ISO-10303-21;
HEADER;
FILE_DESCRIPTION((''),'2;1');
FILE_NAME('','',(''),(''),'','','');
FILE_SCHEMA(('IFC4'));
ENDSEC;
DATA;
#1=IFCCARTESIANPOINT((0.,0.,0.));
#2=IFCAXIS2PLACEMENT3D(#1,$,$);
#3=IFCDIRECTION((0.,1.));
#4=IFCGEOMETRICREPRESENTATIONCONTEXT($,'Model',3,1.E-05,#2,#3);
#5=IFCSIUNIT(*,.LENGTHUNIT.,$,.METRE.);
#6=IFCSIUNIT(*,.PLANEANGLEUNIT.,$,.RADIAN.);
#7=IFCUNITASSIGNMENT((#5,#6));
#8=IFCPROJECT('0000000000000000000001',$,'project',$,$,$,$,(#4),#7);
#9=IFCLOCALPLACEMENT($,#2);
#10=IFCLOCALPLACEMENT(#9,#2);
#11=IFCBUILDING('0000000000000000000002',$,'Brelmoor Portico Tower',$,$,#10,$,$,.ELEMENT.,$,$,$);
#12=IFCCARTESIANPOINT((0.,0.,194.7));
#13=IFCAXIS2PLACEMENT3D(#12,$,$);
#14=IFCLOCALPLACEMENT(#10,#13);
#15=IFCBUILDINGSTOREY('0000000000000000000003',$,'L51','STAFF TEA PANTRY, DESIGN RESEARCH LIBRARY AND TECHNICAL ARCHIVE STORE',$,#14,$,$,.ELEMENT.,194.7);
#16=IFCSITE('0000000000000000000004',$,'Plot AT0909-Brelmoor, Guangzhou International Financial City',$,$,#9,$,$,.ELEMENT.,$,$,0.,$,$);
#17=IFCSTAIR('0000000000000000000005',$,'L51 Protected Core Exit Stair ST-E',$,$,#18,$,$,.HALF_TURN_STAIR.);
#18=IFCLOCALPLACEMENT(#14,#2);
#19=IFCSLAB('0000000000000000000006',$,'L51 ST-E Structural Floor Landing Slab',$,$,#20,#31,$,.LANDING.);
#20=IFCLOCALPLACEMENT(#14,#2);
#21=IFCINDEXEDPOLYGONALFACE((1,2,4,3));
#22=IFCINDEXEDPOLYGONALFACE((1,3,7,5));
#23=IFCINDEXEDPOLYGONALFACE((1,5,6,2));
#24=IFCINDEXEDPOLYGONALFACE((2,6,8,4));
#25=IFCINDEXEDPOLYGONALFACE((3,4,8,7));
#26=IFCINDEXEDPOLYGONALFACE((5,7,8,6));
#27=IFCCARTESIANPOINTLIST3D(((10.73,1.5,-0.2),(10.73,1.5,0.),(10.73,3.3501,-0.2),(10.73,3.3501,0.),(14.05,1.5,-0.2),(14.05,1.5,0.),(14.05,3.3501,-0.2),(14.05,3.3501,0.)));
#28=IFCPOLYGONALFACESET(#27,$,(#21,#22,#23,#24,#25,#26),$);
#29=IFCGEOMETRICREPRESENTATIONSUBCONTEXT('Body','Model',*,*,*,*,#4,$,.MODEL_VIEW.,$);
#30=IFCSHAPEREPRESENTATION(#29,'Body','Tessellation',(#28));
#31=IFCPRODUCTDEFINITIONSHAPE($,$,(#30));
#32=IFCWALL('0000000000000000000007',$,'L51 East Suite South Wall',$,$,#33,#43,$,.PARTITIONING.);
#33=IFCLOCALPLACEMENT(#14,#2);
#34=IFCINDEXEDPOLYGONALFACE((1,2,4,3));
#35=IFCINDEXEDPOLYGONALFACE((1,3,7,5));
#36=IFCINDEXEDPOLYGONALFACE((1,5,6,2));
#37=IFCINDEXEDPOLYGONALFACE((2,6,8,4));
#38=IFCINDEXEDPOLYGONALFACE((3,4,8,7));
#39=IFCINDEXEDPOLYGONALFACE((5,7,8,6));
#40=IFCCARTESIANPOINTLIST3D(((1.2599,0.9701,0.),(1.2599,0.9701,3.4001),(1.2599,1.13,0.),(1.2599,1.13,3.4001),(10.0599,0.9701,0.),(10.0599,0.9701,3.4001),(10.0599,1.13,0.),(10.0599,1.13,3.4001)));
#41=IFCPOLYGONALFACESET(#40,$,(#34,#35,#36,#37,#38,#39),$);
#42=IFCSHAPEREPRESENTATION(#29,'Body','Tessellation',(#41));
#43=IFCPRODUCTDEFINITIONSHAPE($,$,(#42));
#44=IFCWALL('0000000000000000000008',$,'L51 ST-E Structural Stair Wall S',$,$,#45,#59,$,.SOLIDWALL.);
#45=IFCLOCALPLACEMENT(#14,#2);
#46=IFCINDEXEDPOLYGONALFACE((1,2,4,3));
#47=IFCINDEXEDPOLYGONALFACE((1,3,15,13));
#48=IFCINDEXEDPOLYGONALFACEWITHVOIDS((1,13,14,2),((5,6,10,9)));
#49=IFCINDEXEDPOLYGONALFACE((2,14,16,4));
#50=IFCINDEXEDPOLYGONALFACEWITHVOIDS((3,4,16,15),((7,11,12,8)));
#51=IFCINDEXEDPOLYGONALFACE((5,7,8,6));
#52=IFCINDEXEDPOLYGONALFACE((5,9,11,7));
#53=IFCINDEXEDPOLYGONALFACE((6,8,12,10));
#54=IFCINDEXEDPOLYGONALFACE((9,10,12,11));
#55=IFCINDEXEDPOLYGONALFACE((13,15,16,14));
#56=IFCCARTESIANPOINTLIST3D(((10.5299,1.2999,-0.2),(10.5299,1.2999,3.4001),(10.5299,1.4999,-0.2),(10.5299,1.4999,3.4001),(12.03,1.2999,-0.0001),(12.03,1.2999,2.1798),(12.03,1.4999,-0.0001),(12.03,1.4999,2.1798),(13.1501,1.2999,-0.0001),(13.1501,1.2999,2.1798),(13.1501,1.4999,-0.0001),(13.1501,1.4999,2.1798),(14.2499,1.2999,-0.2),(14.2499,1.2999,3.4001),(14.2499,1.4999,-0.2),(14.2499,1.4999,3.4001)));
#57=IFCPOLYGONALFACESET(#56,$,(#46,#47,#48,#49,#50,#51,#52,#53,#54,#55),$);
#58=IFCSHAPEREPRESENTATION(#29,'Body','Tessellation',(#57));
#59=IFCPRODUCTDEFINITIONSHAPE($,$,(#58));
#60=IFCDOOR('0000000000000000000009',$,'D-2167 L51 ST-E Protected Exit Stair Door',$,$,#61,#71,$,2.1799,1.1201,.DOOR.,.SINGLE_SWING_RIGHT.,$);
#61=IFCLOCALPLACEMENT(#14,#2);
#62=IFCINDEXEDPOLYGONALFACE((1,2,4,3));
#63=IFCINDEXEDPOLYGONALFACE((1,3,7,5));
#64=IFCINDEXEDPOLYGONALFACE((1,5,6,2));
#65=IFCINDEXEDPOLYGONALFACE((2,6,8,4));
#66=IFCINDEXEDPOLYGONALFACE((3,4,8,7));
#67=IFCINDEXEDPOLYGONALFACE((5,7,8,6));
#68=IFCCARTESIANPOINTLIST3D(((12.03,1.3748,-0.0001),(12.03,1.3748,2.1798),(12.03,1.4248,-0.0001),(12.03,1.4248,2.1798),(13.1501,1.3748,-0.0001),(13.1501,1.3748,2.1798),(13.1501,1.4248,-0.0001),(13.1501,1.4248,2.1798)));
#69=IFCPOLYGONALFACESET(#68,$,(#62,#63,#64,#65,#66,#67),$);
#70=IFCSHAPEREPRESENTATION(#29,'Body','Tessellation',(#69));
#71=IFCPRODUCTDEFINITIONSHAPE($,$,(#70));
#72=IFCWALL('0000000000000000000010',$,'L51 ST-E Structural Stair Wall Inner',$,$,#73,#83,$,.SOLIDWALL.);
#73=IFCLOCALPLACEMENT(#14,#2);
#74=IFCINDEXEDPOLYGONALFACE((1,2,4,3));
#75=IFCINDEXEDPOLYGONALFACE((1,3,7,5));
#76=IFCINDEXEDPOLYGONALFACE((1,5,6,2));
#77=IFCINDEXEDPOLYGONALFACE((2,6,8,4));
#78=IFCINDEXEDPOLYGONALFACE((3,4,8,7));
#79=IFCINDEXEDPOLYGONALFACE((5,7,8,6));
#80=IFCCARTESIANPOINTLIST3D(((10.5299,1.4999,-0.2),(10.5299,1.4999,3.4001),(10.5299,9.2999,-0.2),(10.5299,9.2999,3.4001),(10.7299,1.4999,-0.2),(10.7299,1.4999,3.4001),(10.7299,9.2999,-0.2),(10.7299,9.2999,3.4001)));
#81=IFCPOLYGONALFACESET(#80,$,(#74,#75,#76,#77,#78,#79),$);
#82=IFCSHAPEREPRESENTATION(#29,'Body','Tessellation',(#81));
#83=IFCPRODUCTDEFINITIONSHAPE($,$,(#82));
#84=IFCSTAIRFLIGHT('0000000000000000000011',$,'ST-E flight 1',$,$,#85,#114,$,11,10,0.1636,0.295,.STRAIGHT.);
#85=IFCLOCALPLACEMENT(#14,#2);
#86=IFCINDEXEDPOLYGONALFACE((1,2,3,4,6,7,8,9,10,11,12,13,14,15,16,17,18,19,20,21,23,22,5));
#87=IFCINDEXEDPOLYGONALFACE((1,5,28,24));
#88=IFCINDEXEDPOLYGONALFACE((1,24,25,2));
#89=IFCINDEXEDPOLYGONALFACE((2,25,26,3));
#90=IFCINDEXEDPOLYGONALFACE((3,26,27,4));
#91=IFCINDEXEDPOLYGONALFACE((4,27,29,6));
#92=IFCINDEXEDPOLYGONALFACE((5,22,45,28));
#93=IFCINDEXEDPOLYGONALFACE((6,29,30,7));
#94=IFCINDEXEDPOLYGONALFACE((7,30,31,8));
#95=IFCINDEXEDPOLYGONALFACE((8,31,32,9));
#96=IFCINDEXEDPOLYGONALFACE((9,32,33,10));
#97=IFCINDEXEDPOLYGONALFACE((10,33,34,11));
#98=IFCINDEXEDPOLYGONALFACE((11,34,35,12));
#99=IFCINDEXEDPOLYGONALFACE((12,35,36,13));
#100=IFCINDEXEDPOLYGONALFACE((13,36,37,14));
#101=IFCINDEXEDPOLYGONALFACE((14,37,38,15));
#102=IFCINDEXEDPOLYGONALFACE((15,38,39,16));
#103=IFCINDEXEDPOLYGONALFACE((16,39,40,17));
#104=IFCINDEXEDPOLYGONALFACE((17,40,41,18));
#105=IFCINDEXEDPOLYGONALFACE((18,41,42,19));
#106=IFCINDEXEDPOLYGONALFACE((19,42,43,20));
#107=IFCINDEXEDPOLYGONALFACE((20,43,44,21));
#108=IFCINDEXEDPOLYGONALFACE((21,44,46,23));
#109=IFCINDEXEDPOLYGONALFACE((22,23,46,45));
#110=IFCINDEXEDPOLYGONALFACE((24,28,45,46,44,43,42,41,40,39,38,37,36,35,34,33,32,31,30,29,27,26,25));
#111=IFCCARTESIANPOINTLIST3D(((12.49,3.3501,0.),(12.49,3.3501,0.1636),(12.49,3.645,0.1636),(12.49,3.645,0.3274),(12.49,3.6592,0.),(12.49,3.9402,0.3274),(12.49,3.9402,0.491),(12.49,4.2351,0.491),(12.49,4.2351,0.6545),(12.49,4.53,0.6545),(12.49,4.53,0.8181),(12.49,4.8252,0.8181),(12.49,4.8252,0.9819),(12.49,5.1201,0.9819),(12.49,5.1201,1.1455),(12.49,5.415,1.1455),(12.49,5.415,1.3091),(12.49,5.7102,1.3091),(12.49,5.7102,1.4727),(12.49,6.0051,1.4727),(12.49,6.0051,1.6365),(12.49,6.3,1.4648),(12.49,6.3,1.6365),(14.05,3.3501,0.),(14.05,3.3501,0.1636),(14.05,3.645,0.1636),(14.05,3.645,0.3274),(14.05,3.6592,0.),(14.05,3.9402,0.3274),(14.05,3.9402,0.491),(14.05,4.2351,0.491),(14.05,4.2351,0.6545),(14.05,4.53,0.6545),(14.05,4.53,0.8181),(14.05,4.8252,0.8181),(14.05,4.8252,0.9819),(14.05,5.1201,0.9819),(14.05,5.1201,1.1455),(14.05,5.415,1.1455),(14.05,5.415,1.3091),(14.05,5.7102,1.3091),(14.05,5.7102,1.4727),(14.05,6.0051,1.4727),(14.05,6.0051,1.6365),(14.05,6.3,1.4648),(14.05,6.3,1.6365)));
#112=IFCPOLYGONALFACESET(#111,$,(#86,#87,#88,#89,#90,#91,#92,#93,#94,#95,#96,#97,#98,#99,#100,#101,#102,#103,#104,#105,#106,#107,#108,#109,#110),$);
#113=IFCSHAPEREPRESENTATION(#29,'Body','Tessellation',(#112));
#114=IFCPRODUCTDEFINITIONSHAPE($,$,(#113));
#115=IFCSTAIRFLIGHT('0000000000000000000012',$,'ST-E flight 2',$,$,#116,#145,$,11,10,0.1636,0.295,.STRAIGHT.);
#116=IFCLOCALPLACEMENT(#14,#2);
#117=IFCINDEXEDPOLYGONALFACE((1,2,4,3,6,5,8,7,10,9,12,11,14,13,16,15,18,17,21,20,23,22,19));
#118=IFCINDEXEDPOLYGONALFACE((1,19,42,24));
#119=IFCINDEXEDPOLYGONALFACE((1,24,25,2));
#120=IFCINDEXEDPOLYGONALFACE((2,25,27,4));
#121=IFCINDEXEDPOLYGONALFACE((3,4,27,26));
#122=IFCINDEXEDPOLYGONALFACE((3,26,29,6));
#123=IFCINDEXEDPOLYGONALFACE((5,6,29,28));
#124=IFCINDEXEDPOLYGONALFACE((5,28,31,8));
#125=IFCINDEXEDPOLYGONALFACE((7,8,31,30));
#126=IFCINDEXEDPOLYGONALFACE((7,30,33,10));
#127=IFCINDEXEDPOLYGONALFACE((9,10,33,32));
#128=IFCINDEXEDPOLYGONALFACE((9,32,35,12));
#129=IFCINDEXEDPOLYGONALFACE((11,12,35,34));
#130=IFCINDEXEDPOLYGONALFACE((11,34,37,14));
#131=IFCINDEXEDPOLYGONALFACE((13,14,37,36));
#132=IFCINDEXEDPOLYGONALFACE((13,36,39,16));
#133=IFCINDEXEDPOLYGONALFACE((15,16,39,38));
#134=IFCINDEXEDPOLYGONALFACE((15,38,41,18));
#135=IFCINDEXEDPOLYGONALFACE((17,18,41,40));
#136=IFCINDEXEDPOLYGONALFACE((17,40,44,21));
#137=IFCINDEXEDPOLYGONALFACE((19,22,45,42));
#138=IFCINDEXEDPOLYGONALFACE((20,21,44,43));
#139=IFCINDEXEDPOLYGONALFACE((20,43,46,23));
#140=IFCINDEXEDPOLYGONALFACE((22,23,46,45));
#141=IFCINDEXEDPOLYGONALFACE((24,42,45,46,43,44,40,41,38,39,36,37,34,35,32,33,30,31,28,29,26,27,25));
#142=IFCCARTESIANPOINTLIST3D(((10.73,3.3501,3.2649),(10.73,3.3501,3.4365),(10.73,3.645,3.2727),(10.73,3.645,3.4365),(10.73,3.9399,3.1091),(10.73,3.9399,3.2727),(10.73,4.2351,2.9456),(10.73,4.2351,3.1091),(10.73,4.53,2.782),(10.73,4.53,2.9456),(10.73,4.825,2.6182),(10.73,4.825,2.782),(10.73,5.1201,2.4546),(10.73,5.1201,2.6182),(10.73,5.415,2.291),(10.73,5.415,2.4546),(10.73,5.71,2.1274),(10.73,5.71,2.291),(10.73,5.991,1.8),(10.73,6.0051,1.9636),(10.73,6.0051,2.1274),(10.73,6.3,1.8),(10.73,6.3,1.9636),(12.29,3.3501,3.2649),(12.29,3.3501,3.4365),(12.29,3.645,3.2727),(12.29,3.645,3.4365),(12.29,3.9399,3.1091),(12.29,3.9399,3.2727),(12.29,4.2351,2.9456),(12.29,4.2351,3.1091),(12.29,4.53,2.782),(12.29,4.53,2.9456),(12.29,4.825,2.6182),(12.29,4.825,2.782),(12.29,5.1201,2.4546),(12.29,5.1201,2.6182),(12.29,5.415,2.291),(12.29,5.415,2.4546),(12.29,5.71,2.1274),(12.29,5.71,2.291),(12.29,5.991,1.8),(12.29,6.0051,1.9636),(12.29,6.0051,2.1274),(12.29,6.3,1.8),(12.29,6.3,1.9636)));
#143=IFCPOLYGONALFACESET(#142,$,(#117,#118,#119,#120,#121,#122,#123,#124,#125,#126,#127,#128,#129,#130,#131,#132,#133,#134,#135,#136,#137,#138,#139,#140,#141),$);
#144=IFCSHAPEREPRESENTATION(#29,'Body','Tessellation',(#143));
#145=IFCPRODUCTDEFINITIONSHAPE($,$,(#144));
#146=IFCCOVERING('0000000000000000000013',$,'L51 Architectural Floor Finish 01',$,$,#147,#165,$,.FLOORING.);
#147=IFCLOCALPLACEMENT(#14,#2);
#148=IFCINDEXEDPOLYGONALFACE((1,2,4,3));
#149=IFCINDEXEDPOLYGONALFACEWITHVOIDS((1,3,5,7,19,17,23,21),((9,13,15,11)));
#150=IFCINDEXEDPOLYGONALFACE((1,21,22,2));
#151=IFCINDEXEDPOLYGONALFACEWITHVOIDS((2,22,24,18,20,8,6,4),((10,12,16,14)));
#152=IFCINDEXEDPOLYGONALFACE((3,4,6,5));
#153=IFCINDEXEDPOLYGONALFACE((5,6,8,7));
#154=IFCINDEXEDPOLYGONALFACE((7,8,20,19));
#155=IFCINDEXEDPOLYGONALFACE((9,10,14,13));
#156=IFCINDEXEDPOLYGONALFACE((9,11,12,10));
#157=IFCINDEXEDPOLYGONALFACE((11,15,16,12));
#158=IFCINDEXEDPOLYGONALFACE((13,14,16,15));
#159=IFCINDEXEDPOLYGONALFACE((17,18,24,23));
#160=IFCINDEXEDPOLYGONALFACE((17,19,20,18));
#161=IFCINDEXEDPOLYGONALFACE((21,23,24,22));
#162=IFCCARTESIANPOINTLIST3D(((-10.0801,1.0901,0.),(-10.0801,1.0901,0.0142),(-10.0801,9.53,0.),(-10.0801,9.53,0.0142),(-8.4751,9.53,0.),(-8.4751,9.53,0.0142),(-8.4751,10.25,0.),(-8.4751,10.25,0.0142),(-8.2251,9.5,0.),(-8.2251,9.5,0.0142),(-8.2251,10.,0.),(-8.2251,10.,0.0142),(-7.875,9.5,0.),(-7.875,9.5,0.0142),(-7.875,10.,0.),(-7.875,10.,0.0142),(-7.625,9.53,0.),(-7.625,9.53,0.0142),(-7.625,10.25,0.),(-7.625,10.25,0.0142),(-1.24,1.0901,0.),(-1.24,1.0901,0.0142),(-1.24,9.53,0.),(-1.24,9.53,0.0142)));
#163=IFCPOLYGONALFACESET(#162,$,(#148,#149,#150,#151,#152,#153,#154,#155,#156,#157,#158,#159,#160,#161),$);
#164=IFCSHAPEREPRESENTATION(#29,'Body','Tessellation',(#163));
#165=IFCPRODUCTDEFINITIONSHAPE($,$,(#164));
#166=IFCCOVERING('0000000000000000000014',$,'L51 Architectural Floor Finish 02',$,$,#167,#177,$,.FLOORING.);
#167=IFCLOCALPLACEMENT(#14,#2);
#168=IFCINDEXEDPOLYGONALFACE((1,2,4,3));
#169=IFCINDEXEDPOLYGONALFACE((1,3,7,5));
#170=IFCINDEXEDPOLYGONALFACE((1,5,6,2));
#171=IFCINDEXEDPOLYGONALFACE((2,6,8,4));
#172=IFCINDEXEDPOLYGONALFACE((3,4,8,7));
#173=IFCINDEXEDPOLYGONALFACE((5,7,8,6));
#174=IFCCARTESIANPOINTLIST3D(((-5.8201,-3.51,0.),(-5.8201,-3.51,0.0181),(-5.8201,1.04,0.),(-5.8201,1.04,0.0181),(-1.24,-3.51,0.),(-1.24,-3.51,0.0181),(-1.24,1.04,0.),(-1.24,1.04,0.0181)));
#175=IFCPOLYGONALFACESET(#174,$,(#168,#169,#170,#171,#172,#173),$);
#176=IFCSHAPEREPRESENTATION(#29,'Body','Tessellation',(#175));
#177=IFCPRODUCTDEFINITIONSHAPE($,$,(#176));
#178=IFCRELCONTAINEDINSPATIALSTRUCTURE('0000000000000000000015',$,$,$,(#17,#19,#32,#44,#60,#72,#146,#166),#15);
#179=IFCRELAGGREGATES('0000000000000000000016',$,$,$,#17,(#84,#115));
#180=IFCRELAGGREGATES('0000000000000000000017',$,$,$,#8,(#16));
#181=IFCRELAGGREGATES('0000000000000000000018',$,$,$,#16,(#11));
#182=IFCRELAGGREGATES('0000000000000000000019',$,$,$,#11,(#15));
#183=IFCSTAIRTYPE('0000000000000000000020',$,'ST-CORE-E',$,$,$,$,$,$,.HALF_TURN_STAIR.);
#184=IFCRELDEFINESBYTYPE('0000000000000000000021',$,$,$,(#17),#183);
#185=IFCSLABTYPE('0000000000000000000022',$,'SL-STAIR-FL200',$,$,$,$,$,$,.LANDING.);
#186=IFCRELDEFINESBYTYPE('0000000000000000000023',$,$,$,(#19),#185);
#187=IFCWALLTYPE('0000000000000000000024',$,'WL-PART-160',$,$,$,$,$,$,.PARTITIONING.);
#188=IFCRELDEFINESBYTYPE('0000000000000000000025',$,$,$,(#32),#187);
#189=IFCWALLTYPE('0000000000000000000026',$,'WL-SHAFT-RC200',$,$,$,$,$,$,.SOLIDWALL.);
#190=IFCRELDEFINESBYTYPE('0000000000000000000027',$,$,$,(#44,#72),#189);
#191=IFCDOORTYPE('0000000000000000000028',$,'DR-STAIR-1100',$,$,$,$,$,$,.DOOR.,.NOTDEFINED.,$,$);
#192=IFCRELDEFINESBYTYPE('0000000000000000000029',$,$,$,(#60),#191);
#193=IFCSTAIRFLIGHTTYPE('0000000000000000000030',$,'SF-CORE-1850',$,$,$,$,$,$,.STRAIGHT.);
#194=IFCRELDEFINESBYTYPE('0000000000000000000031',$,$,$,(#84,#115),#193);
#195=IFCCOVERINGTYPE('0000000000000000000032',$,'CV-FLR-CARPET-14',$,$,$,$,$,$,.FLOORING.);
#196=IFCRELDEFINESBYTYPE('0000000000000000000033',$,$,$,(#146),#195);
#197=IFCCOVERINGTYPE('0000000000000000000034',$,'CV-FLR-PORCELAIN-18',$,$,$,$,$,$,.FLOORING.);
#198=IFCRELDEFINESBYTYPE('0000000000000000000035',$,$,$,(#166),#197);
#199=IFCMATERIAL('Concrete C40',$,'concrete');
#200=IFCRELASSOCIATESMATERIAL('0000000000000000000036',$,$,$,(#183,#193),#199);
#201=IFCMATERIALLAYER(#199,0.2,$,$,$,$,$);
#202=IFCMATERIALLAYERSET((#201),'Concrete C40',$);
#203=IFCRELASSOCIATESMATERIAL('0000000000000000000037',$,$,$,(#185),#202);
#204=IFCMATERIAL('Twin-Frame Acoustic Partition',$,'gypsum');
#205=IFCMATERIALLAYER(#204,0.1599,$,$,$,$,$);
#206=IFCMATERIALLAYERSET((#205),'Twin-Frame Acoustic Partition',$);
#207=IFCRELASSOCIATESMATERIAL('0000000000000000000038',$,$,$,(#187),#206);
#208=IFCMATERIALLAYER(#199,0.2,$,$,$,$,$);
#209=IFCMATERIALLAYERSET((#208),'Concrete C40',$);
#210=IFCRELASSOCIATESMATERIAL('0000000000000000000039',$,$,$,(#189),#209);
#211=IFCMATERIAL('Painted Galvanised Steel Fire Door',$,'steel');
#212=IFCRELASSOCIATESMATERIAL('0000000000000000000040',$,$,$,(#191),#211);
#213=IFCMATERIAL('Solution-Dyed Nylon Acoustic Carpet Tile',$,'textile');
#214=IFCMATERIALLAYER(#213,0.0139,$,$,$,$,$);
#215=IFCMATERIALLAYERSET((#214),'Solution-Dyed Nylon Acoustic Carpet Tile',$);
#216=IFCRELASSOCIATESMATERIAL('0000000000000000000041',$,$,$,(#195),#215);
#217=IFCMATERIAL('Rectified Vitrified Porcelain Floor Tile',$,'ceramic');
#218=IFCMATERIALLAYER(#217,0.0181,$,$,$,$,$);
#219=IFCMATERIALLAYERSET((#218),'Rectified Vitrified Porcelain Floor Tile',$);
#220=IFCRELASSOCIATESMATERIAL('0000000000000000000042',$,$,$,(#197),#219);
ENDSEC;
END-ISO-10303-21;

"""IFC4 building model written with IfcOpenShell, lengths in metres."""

from ifc_helpers import new_model, si_unit, direction, frame, frame_2d, origin, place, context, subcontext, project, spatial, polyline, rectangle, outline, extrude, material, layer, layer_set, type_object, element, fill, aggregate, save


model = new_model("IFC4")

# Units and contexts
model_context = context("Model", 3, precision=1e-05, world=origin(), true_north=direction((0.0, 1.0)))
body_context = subcontext(model_context, "Body", "Model", "MODEL_VIEW")
ifc_project = project(units=[si_unit("LENGTHUNIT", "METRE"), si_unit("PLANEANGLEUNIT", "RADIAN")], contexts=[model_context])

# Site, building, storey
site_placement = place(None, origin())
site = spatial("IfcSite", under=ifc_project, at=site_placement, Name="Plot AT0909-Brelmoor, Guangzhou International Financial City", CompositionType="ELEMENT", RefElevation=0.0)
building_placement = place(site_placement, origin())
building = spatial("IfcBuilding", under=site, at=building_placement, Name="Brelmoor Portico Tower", CompositionType="ELEMENT")
storey_placement = place(building_placement, frame((0.0, 0.0, 194.7)))
storey = spatial("IfcBuildingStorey", under=building, at=storey_placement, Name="L51", Description="STAFF TEA PANTRY, DESIGN RESEARCH LIBRARY AND TECHNICAL ARCHIVE STORE", CompositionType="ELEMENT", Elevation=194.7)

# Shared definitions
ifc_material_1 = material(Name="Concrete C40", Category="concrete")

# Stair
stair_type_1 = type_object("IfcStairType", Name="ST-CORE-E", PredefinedType="HALF_TURN_STAIR", material=ifc_material_1)
stair_1_placement = place(storey_placement, origin())
stair_1 = element("IfcStair", 1, at=stair_1_placement, inside=storey, type_object=stair_type_1, Name="L51 Protected Core Exit Stair ST-E", PredefinedType="HALF_TURN_STAIR")

# Slab
ifc_layer_1 = layer(ifc_material_1, 0.2)
ifc_layer_set_1 = layer_set([ifc_layer_1], Name="Concrete C40")
slab_type_1 = type_object("IfcSlabType", Name="SL-STAIR-FL200", PredefinedType="LANDING", material=ifc_layer_set_1)
slab_1_placement = place(storey_placement, frame((0.0, 0.0, -0.2)))
element("IfcSlab", 2, at=slab_1_placement, inside=storey, type_object=slab_type_1, Name="L51 ST-E Structural Floor Landing Slab", PredefinedType="LANDING", context=body_context, shape_type="SweptSolid", body=[
    extrude(outline(polyline([(14.05, 1.5), (14.05, 3.3501), (10.73, 3.3501), (10.73, 1.5), (14.05, 1.5)])), origin(), (0.0, 0.0, 1.0), 0.2),
])

# Wall
ifc_material_2 = material(Name="Twin-Frame Acoustic Partition", Category="gypsum")
ifc_layer_2 = layer(ifc_material_2, 0.1599)
ifc_layer_set_2 = layer_set([ifc_layer_2], Name="Twin-Frame Acoustic Partition")
wall_type_1 = type_object("IfcWallType", Name="WL-PART-160", PredefinedType="PARTITIONING", material=ifc_layer_set_2)
wall_1_placement = place(storey_placement, frame((1.26, 1.05, 0.0), z_axis=(0.0, 0.0, 1.0), x_axis=(1.0, 0.0, 0.0)))
element("IfcWall", 3, at=wall_1_placement, inside=storey, type_object=wall_type_1, Name="L51 East Suite South Wall", PredefinedType="PARTITIONING", context=body_context, shape_type="SweptSolid", body=[
    extrude(rectangle(XDim=8.8, YDim=0.1599, at=frame_2d((4.3999, 0.0))), origin(), (0.0, 0.0, 1.0), 3.4001),
])

# Wall, opening, door
ifc_material_3 = material(Name="Painted Galvanised Steel Fire Door", Category="steel")
ifc_layer_3 = layer(ifc_material_1, 0.2)
ifc_layer_set_3 = layer_set([ifc_layer_3], Name="Concrete C40")
wall_type_2 = type_object("IfcWallType", Name="WL-SHAFT-RC200", PredefinedType="SOLIDWALL", material=ifc_layer_set_3)
wall_2_placement = place(storey_placement, frame((10.53, 1.3999, -0.2), z_axis=(0.0, 0.0, 1.0), x_axis=(1.0, 0.0, 0.0)))
wall_2 = element("IfcWall", 4, at=wall_2_placement, inside=storey, type_object=wall_type_2, Name="L51 ST-E Structural Stair Wall S", PredefinedType="SOLIDWALL", context=body_context, shape_type="SweptSolid", body=[
    extrude(rectangle(XDim=3.72, YDim=0.2, at=frame_2d((1.8599, 0.0))), origin(), (0.0, 0.0, 1.0), 3.6001),
])
opening_1_placement = place(wall_2_placement, frame((1.5, 0.0, 0.2)))
opening_1 = element("IfcOpeningElement", 5, at=opening_1_placement, cuts=wall_2, PredefinedType="OPENING", context=body_context, shape_type="SweptSolid", body=[
    extrude(rectangle(XDim=1.1201, YDim=2.1799, at=frame_2d((0.5601, 1.0898))), frame((0.0, 0.1099, 0.0), z_axis=(0.0, -1.0, 0.0), x_axis=(1.0, 0.0, 0.0)), (0.0, 0.0, 1.0), 0.22),
])
door_type_1 = type_object("IfcDoorType", Name="DR-STAIR-1100", OperationType="NOTDEFINED", PredefinedType="DOOR", material=ifc_material_3)
door_1_placement = place(opening_1_placement, origin())
door_1 = element("IfcDoor", 6, at=door_1_placement, inside=storey, type_object=door_type_1, Name="D-2167 L51 ST-E Protected Exit Stair Door", OperationType="SINGLE_SWING_RIGHT", OverallHeight=2.1799, OverallWidth=1.1201, PredefinedType="DOOR", context=body_context, shape_type="SweptSolid", body=[
    extrude(rectangle(XDim=1.1201, YDim=2.1799, at=frame_2d((0.5601, 1.0898))), frame((0.0, 0.0249, 0.0), z_axis=(0.0, -1.0, 0.0), x_axis=(1.0, 0.0, 0.0)), (0.0, 0.0, 1.0), 0.05),
])
fill(opening_1, door_1)

# Wall
wall_3_placement = place(storey_placement, frame((10.6299, 1.5, -0.2), z_axis=(0.0, 0.0, 1.0), x_axis=(0.0, 1.0, 0.0)))
element("IfcWall", 7, at=wall_3_placement, inside=storey, type_object=wall_type_2, Name="L51 ST-E Structural Stair Wall Inner", PredefinedType="SOLIDWALL", context=body_context, shape_type="SweptSolid", body=[
    extrude(rectangle(XDim=7.8, YDim=0.2, at=frame_2d((3.8999, 0.0))), origin(), (0.0, 0.0, 1.0), 3.6001),
])

# Stair flights
stair_flight_type = type_object("IfcStairFlightType", Name="SF-CORE-1850", PredefinedType="STRAIGHT", material=ifc_material_1)
stair_flight_1_placement = place(storey_placement, frame((13.27, 3.3501, 0.0), z_axis=(0.0, 0.0, 1.0), x_axis=(0.0, 1.0, 0.0)))
stair_flight_1 = element("IfcStairFlight", 8, at=stair_flight_1_placement, type_object=stair_flight_type, Name="ST-E flight 1", NumberOfRisers=11, NumberOfTreads=10, PredefinedType="STRAIGHT", RiserHeight=0.1636, TreadLength=0.295, context=body_context, shape_type="SweptSolid", body=[
    extrude(outline(polyline([(0.0, 0.0), (0.0, 0.1636), (0.2949, 0.1636), (0.2949, 0.3274), (0.5901, 0.3274), (0.5901, 0.491), (0.885, 0.491), (0.885, 0.6545), (1.1799, 0.6545), (1.1799, 0.8181), (1.4751, 0.8181), (1.4751, 0.9819), (1.77, 0.9819), (1.77, 1.1455), (2.0649, 1.1455), (2.0649, 1.3091), (2.3601, 1.3091), (2.3601, 1.4727), (2.655, 1.4727), (2.655, 1.6365), (2.95, 1.6365), (2.95, 1.8), (2.95, 1.4648), (0.3091, 0.0), (0.0, 0.0)])), frame((0.0, 0.78, 0.0), z_axis=(0.0, -1.0, 0.0), x_axis=(1.0, 0.0, 0.0)), (0.0, 0.0, 1.0), 1.5601),
])
stair_flight_2_placement = place(storey_placement, frame((11.51, 6.3, 1.8), z_axis=(0.0, 0.0, 1.0), x_axis=(0.0, -1.0, 0.0)))
stair_flight_2 = element("IfcStairFlight", 9, at=stair_flight_2_placement, type_object=stair_flight_type, Name="ST-E flight 2", NumberOfRisers=11, NumberOfTreads=10, PredefinedType="STRAIGHT", RiserHeight=0.1636, TreadLength=0.295, context=body_context, shape_type="SweptSolid", body=[
    extrude(outline(polyline([(0.0, 0.0), (0.0, 0.1636), (0.2949, 0.1636), (0.2949, 0.3274), (0.5901, 0.3274), (0.5901, 0.491), (0.885, 0.491), (0.885, 0.6545), (1.1799, 0.6545), (1.1799, 0.8181), (1.4751, 0.8181), (1.4751, 0.9819), (1.77, 0.9819), (1.77, 1.1455), (2.0649, 1.1455), (2.0649, 1.3091), (2.3601, 1.3091), (2.3601, 1.4727), (2.655, 1.4727), (2.655, 1.6365), (2.95, 1.6365), (2.95, 1.8), (2.95, 1.4648), (0.3091, 0.0), (0.0, 0.0)])), frame((0.0, 0.78, 0.0), z_axis=(0.0, -1.0, 0.0), x_axis=(1.0, 0.0, 0.0)), (0.0, 0.0, 1.0), 1.5601),
])
aggregate(stair_1, [stair_flight_1, stair_flight_2])

# Coverings
ifc_material_4 = material(Name="Solution-Dyed Nylon Acoustic Carpet Tile", Category="textile")
ifc_layer_4 = layer(ifc_material_4, 0.0139)
ifc_layer_set_4 = layer_set([ifc_layer_4], Name="Solution-Dyed Nylon Acoustic Carpet Tile")
covering_type_1 = type_object("IfcCoveringType", Name="CV-FLR-CARPET-14", PredefinedType="FLOORING", material=ifc_layer_set_4)
covering_1_placement = place(storey_placement, origin())
element("IfcCovering", 10, at=covering_1_placement, inside=storey, type_object=covering_type_1, Name="L51 Architectural Floor Finish 01", PredefinedType="FLOORING", context=body_context, shape_type="SweptSolid", body=[
    extrude(outline(polyline([(-10.0801, 9.53), (-8.4751, 9.53), (-8.4751, 10.25), (-7.625, 10.25), (-7.625, 9.53), (-1.24, 9.53), (-1.24, 1.0901), (-10.0801, 1.0901), (-10.0801, 9.53)]), holes=[polyline([(-7.875, 9.5), (-7.875, 10.0), (-8.2251, 10.0), (-8.2251, 9.5), (-7.875, 9.5)])]), origin(), (0.0, 0.0, 1.0), 0.0142),
])
ifc_material_5 = material(Name="Rectified Vitrified Porcelain Floor Tile", Category="ceramic")
ifc_layer_5 = layer(ifc_material_5, 0.0181)
ifc_layer_set_5 = layer_set([ifc_layer_5], Name="Rectified Vitrified Porcelain Floor Tile")
covering_type_2 = type_object("IfcCoveringType", Name="CV-FLR-PORCELAIN-18", PredefinedType="FLOORING", material=ifc_layer_set_5)
covering_2_placement = place(storey_placement, origin())
element("IfcCovering", 11, at=covering_2_placement, inside=storey, type_object=covering_type_2, Name="L51 Architectural Floor Finish 02", PredefinedType="FLOORING", context=body_context, shape_type="SweptSolid", body=[
    extrude(outline(polyline([(-5.8201, -3.51), (-5.8201, 1.04), (-1.24, 1.04), (-1.24, -3.51), (-5.8201, -3.51)])), origin(), (0.0, 0.0, 1.0), 0.0181),
])

save(model, "model.ifc")
